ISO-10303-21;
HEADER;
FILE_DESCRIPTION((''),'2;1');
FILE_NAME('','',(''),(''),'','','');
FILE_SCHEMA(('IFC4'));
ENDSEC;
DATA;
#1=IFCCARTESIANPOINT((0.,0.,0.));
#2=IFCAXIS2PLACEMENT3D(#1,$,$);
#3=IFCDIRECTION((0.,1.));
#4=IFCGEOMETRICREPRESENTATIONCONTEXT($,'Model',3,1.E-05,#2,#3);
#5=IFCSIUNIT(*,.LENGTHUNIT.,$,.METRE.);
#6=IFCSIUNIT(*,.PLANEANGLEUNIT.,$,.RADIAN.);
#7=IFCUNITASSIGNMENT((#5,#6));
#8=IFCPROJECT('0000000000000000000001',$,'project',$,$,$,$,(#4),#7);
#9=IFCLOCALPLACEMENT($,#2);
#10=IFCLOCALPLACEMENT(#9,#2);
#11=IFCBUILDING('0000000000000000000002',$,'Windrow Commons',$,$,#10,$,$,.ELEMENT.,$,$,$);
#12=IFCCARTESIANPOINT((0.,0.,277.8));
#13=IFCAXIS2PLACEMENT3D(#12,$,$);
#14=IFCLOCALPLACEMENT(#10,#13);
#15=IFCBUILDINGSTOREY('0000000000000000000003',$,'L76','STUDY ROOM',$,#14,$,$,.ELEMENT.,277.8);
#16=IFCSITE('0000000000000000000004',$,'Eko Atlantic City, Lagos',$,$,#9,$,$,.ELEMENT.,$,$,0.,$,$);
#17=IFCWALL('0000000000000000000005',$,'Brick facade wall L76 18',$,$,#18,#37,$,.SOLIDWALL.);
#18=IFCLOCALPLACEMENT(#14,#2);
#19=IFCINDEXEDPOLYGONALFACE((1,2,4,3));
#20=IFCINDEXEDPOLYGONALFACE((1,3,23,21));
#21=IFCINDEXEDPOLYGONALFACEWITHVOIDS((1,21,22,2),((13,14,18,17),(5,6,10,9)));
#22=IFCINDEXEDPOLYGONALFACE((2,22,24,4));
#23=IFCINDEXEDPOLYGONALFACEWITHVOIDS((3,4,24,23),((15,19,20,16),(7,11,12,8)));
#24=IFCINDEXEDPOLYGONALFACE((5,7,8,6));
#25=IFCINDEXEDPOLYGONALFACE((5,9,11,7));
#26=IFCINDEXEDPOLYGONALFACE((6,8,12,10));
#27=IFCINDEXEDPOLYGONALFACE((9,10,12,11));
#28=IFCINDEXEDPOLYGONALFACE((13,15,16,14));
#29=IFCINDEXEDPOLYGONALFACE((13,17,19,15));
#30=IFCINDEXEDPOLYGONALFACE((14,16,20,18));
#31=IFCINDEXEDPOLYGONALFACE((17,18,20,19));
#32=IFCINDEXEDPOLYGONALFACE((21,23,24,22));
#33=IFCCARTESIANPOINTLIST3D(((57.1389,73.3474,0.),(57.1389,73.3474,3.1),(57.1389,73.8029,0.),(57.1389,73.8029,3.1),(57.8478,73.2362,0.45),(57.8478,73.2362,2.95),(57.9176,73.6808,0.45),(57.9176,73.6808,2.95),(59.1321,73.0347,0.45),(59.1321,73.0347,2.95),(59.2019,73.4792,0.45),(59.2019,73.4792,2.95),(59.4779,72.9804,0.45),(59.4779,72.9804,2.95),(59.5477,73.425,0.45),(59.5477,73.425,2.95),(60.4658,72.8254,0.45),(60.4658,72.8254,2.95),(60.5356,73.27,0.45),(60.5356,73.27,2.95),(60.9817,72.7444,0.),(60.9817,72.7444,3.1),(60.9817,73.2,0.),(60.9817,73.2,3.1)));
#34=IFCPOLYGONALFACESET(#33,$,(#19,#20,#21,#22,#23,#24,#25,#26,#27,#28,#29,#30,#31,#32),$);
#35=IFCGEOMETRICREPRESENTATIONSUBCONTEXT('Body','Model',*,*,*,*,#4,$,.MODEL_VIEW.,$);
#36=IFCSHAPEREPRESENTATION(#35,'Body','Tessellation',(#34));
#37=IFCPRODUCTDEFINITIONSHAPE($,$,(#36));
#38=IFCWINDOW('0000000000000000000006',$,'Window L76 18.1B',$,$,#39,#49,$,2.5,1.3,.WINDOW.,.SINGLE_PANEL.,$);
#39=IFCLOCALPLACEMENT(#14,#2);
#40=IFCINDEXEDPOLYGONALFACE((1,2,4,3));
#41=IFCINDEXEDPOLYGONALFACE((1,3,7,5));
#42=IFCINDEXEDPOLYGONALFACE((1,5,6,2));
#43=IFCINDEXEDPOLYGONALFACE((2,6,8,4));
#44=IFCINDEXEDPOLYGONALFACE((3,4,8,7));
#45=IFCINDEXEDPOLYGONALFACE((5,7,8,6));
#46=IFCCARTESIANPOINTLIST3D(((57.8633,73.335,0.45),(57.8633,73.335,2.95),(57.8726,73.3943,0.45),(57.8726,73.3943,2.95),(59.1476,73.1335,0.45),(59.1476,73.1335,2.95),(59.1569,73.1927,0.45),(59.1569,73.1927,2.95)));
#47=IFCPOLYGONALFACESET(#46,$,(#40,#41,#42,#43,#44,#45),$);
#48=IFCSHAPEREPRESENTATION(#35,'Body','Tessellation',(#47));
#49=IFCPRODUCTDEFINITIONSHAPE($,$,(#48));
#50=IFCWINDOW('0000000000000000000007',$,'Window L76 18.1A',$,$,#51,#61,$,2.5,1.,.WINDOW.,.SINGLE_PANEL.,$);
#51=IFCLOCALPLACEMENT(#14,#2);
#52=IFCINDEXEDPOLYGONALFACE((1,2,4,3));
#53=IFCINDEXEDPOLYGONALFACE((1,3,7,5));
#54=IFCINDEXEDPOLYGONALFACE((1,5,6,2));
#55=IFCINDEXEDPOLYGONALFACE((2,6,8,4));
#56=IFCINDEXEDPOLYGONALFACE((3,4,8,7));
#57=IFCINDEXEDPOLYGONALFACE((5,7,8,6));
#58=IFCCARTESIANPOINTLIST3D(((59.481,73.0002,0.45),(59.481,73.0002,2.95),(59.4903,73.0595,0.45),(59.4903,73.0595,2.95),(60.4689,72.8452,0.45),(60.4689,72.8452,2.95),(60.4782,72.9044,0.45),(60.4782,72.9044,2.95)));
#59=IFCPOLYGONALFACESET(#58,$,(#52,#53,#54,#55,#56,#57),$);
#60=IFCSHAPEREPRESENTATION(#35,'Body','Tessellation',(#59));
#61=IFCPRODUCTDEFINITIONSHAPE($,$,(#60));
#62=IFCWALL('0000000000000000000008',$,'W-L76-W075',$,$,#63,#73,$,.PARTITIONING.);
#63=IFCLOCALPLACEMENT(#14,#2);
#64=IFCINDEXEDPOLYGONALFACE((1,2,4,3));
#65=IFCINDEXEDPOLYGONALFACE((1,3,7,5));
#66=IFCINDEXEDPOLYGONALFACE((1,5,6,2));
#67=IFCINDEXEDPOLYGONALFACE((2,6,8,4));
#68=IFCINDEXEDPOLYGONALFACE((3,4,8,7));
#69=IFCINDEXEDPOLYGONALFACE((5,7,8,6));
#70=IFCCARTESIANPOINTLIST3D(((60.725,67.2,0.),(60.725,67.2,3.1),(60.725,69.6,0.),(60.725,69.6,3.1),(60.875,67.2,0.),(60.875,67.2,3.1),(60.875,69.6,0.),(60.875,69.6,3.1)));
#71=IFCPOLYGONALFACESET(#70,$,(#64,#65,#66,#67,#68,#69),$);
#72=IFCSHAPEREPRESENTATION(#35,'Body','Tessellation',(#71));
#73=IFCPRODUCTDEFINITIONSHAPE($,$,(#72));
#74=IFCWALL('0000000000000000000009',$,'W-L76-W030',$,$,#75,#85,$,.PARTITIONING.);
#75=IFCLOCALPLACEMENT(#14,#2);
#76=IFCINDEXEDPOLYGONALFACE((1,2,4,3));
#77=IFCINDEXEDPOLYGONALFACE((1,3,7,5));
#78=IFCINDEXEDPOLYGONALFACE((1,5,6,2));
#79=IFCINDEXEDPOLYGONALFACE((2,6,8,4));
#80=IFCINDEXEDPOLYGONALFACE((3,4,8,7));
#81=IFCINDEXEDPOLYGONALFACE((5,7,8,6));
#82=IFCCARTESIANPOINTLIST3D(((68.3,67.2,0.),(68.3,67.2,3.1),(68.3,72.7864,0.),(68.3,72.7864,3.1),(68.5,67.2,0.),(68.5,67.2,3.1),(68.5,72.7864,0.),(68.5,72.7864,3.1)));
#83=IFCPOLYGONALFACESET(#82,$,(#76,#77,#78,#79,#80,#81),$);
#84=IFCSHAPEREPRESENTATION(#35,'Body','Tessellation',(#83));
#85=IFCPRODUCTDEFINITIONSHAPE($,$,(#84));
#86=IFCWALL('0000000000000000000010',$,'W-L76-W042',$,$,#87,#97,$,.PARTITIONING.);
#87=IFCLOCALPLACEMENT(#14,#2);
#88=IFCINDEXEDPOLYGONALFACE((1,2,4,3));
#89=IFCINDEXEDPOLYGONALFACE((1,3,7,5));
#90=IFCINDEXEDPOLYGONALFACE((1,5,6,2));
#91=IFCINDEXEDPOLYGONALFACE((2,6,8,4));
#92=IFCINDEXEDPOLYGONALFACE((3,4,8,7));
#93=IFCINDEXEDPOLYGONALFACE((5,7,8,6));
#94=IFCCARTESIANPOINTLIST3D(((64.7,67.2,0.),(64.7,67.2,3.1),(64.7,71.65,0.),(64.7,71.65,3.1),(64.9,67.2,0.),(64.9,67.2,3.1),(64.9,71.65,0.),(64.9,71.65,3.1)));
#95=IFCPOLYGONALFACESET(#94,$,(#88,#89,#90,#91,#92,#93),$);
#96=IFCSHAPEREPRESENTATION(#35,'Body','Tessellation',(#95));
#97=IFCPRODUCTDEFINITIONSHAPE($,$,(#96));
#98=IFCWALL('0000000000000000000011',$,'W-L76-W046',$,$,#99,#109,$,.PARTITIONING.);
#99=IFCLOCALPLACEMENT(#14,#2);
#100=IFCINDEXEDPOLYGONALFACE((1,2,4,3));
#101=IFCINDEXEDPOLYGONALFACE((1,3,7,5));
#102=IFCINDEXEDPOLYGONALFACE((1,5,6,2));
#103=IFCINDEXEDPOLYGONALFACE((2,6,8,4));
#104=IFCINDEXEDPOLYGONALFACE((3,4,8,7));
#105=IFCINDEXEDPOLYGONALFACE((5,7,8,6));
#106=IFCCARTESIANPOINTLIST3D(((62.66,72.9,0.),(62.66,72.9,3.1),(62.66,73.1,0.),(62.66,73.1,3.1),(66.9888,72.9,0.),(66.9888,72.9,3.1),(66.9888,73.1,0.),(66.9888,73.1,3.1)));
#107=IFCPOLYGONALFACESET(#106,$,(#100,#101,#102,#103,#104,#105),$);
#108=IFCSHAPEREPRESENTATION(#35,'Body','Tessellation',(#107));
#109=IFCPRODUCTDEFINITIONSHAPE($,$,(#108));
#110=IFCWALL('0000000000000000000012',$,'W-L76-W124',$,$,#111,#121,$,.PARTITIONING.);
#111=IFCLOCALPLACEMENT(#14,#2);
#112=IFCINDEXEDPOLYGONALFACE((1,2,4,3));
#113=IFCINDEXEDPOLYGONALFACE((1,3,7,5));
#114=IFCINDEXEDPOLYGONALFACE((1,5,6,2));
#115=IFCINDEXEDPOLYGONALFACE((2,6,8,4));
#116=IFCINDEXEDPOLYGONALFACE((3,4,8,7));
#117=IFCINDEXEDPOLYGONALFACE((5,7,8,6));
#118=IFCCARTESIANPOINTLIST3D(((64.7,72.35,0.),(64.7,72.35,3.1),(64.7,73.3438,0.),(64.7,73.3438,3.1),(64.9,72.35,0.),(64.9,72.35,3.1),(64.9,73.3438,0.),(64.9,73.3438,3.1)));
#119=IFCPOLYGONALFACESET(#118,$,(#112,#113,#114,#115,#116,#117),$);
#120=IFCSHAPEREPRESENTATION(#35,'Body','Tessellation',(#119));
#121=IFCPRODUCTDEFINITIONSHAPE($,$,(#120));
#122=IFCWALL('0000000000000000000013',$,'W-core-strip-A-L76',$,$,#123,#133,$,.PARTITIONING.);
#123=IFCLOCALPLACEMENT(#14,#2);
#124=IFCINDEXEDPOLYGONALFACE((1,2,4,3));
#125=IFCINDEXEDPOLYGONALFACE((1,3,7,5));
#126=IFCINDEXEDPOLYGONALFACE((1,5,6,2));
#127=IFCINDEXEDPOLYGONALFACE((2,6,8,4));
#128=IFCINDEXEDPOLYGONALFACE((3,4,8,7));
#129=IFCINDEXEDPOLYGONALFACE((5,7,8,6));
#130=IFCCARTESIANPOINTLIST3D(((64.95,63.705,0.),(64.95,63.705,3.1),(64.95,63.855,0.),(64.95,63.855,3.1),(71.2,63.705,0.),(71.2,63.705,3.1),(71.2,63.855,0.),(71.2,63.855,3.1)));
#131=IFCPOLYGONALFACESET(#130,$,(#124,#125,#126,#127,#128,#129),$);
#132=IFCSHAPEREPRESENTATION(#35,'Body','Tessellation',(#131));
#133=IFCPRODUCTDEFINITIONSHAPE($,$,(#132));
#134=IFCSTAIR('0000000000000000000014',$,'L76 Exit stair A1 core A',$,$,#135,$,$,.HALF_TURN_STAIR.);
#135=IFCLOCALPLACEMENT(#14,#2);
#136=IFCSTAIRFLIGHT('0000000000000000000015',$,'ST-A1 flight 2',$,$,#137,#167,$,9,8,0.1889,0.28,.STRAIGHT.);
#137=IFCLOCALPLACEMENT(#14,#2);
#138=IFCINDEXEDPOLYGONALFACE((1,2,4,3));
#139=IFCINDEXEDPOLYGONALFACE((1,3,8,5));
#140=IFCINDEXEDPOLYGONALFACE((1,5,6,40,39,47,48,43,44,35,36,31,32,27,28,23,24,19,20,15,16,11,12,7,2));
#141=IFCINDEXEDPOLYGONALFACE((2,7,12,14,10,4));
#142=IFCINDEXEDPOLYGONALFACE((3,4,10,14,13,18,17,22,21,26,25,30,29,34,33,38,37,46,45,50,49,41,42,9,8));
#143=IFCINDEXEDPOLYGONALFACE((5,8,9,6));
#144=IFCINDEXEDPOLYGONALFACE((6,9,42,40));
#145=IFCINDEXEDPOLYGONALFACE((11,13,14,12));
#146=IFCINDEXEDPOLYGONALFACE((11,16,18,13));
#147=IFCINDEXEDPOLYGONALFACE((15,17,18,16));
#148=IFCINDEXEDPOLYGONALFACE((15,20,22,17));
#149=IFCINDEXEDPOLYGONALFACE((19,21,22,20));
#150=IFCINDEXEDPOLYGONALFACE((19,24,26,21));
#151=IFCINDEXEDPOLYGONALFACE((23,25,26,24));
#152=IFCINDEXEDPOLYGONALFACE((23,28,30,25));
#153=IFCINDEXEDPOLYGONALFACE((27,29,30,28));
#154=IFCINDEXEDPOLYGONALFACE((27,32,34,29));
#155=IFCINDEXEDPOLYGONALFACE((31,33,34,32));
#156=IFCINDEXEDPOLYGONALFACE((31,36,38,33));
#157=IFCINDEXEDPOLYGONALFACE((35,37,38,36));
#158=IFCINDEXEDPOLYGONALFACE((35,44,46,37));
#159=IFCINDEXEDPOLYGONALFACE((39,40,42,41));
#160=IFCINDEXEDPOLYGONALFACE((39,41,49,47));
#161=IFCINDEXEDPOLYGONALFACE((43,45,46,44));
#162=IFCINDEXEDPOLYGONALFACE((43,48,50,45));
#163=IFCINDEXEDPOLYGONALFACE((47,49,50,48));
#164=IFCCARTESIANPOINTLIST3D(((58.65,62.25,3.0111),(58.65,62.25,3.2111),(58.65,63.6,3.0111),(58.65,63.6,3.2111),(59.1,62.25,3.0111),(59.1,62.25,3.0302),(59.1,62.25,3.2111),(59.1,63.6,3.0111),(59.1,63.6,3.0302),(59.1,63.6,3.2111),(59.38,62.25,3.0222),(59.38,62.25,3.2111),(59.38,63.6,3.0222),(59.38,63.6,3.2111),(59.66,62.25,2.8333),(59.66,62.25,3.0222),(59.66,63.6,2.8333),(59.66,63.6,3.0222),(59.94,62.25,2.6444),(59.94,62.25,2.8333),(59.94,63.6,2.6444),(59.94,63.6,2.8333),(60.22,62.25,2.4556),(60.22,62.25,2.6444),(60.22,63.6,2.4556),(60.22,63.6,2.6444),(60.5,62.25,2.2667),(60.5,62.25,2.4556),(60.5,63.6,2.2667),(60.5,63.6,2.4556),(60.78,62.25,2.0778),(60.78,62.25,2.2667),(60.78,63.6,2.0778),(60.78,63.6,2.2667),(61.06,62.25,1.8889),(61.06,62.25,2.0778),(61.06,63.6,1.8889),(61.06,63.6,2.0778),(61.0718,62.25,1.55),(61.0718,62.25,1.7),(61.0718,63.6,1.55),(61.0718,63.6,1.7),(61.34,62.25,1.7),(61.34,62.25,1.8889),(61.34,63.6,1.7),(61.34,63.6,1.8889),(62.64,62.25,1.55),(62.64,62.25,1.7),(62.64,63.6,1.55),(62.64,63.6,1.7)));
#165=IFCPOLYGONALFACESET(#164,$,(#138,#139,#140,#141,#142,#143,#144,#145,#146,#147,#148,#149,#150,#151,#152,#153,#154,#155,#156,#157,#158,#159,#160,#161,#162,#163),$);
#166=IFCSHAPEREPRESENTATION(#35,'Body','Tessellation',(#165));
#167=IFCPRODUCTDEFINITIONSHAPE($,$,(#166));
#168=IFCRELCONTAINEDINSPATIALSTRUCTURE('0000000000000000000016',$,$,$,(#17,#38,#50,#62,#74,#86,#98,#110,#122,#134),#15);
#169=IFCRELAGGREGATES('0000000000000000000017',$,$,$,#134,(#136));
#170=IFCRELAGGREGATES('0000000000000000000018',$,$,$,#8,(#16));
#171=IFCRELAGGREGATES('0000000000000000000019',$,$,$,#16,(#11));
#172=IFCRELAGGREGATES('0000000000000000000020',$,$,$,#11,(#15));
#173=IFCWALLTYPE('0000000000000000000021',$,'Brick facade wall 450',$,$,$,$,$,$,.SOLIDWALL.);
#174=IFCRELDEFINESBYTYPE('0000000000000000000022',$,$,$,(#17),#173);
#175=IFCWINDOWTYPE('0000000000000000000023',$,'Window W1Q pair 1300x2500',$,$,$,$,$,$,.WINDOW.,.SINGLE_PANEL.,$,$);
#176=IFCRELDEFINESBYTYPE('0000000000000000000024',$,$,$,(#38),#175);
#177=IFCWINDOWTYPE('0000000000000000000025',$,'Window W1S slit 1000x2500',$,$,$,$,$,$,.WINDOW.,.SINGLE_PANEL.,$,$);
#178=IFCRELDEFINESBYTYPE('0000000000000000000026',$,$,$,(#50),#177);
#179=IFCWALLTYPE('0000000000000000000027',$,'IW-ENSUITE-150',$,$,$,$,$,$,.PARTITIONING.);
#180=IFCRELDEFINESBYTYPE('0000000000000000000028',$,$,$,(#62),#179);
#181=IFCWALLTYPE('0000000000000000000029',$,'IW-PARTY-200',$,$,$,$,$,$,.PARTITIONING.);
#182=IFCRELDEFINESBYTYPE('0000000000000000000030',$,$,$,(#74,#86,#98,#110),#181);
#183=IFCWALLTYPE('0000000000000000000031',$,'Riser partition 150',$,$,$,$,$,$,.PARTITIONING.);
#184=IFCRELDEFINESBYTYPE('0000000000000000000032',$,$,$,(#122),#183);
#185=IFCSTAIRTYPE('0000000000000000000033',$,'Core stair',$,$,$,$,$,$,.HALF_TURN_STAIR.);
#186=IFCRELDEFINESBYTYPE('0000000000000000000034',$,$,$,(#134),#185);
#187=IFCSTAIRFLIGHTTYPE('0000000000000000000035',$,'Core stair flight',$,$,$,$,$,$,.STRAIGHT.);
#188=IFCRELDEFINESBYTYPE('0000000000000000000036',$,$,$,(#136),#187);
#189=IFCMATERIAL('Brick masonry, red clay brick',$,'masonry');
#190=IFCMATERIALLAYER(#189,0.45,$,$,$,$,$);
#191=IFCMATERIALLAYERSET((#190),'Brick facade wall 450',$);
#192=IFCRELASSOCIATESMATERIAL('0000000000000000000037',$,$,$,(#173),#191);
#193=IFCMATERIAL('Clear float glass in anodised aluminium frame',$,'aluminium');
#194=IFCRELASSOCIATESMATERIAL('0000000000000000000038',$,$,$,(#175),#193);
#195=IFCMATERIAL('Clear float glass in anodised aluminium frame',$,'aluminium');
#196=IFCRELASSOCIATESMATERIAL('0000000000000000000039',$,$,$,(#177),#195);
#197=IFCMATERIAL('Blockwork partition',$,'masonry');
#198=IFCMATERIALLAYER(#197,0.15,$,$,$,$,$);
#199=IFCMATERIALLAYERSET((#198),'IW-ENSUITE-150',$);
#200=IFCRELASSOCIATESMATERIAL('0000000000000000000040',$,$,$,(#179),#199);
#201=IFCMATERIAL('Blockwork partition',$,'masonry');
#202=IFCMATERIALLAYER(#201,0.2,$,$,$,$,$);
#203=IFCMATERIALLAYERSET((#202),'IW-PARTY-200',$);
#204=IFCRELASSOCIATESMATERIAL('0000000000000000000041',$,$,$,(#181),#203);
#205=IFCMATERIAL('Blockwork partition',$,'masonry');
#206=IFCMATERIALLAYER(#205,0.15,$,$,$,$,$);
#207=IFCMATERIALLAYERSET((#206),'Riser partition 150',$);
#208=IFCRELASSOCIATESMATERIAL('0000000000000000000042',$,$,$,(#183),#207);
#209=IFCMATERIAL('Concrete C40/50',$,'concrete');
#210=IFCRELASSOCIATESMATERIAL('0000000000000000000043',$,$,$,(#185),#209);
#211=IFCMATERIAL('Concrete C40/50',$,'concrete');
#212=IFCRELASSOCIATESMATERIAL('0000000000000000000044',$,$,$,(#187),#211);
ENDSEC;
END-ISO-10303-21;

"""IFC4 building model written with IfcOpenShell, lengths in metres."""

from ifc_helpers import new_model, si_unit, direction, frame, frame_2d, origin, place, context, subcontext, project, spatial, polyline, rectangle, outline, extrude, material, layer, layer_set, type_object, element, fill, aggregate, save


model = new_model("IFC4")

# Units and contexts
model_context = context("Model", 3, precision=1e-05, world=origin(), true_north=direction((0.0, 1.0)))
body_context = subcontext(model_context, "Body", "Model", "MODEL_VIEW")
ifc_project = project(units=[si_unit("LENGTHUNIT", "METRE"), si_unit("PLANEANGLEUNIT", "RADIAN")], contexts=[model_context])

# Site, building, storey
site_placement = place(None, origin())
site = spatial("IfcSite", under=ifc_project, at=site_placement, Name="Eko Atlantic City, Lagos", CompositionType="ELEMENT", RefElevation=0.0)
building_placement = place(site_placement, origin())
building = spatial("IfcBuilding", under=site, at=building_placement, Name="Windrow Commons", CompositionType="ELEMENT")
storey_placement = place(building_placement, frame((0.0, 0.0, 277.8)))
storey = spatial("IfcBuildingStorey", under=building, at=storey_placement, Name="L76", Description="STUDY ROOM", CompositionType="ELEMENT", Elevation=277.8)

# Wall, openings, windows
ifc_material_1 = material(Name="Brick masonry, red clay brick", Category="masonry")
ifc_layer_1 = layer(ifc_material_1, 0.45)
ifc_layer_set_1 = layer_set([ifc_layer_1], Name="Brick facade wall 450")
wall_type_1 = type_object("IfcWallType", Name="Brick facade wall 450", PredefinedType="SOLIDWALL", material=ifc_layer_set_1)
ifc_material_2 = material(Name="Clear float glass in anodised aluminium frame", Category="aluminium")
window_type_1 = type_object("IfcWindowType", Name="Window W1Q pair 1300x2500", PartitioningType="SINGLE_PANEL", PredefinedType="WINDOW", material=ifc_material_2)
ifc_material_3 = material(Name="Clear float glass in anodised aluminium frame", Category="aluminium")
window_type_2 = type_object("IfcWindowType", Name="Window W1S slit 1000x2500", PartitioningType="SINGLE_PANEL", PredefinedType="WINDOW", material=ifc_material_3)
wall_1_placement = place(storey_placement, frame((60.9817, 72.9722, 0.0), z_axis=(0.0, 0.0, 1.0), x_axis=(-0.987911, 0.15502, 0.0)))
wall_1 = element("IfcWall", 1, at=wall_1_placement, inside=storey, type_object=wall_type_1, Name="Brick facade wall L76 18", PredefinedType="SOLIDWALL", context=body_context, shape_type="SweptSolid", body=[
    extrude(outline(polyline([(0.0353, -0.225), (3.9251, -0.225), (3.8545, 0.225), (-0.0353, 0.225), (0.0353, -0.225)])), origin(), (0.0, 0.0, 1.0), 3.1),
])
opening_1_placement = place(wall_1_placement, frame((0.4869, 0.0, 0.45)))
opening_1 = element("IfcOpeningElement", 2, at=opening_1_placement, cuts=wall_1, PredefinedType="OPENING", context=body_context, shape_type="SweptSolid", body=[
    extrude(rectangle(XDim=1.0, YDim=2.5, at=frame_2d((0.5, 1.25))), frame((0.0, 0.235, 0.0), z_axis=(0.0, -1.0, 0.0), x_axis=(1.0, 0.0, 0.0)), (0.0, 0.0, 1.0), 0.47),
])
opening_2_placement = place(wall_1_placement, frame((1.8369, 0.0, 0.45)))
opening_2 = element("IfcOpeningElement", 3, at=opening_2_placement, cuts=wall_1, PredefinedType="OPENING", context=body_context, shape_type="SweptSolid", body=[
    extrude(rectangle(XDim=1.3, YDim=2.5, at=frame_2d((0.65, 1.25))), frame((0.0, 0.235, 0.0), z_axis=(0.0, -1.0, 0.0), x_axis=(1.0, 0.0, 0.0)), (0.0, 0.0, 1.0), 0.47),
])
window_1_placement = place(opening_2_placement, origin())
window_1 = element("IfcWindow", 4, at=window_1_placement, inside=storey, type_object=window_type_1, Name="Window L76 18.1B", OverallHeight=2.5, OverallWidth=1.3, PartitioningType="SINGLE_PANEL", PredefinedType="WINDOW", context=body_context, shape_type="SweptSolid", body=[
    extrude(rectangle(XDim=1.3, YDim=2.5, at=frame_2d((0.65, 1.25))), frame((0.0, 0.125, 0.0), z_axis=(0.0, -1.0, 0.0), x_axis=(1.0, 0.0, 0.0)), (0.0, 0.0, 1.0), 0.06),
])
fill(opening_2, window_1)
window_2_placement = place(opening_1_placement, origin())
window_2 = element("IfcWindow", 5, at=window_2_placement, inside=storey, type_object=window_type_2, Name="Window L76 18.1A", OverallHeight=2.5, OverallWidth=1.0, PartitioningType="SINGLE_PANEL", PredefinedType="WINDOW", context=body_context, shape_type="SweptSolid", body=[
    extrude(rectangle(XDim=1.0, YDim=2.5, at=frame_2d((0.5, 1.25))), frame((0.0, 0.205, 0.0), z_axis=(0.0, -1.0, 0.0), x_axis=(1.0, 0.0, 0.0)), (0.0, 0.0, 1.0), 0.06),
])
fill(opening_1, window_2)

# Walls
ifc_material_4 = material(Name="Blockwork partition", Category="masonry")
ifc_layer_2 = layer(ifc_material_4, 0.15)
ifc_layer_set_2 = layer_set([ifc_layer_2], Name="IW-ENSUITE-150")
wall_type_2 = type_object("IfcWallType", Name="IW-ENSUITE-150", PredefinedType="PARTITIONING", material=ifc_layer_set_2)
wall_2_placement = place(storey_placement, frame((60.8, 67.2, 0.0), z_axis=(0.0, 0.0, 1.0), x_axis=(0.0, 1.0, 0.0)))
element("IfcWall", 6, at=wall_2_placement, inside=storey, type_object=wall_type_2, Name="W-L76-W075", PredefinedType="PARTITIONING", context=body_context, shape_type="SweptSolid", body=[
    extrude(rectangle(XDim=2.4, YDim=0.15, at=frame_2d((1.2, 0.0))), origin(), (0.0, 0.0, 1.0), 3.1),
])
ifc_material_5 = material(Name="Blockwork partition", Category="masonry")
ifc_layer_3 = layer(ifc_material_5, 0.2)
ifc_layer_set_3 = layer_set([ifc_layer_3], Name="IW-PARTY-200")
wall_type_3 = type_object("IfcWallType", Name="IW-PARTY-200", PredefinedType="PARTITIONING", material=ifc_layer_set_3)
wall_3_placement = place(storey_placement, frame((68.4, 67.2, 0.0), z_axis=(0.0, 0.0, 1.0), x_axis=(0.0, 1.0, 0.0)))
element("IfcWall", 7, at=wall_3_placement, inside=storey, type_object=wall_type_3, Name="W-L76-W030", PredefinedType="PARTITIONING", context=body_context, shape_type="SweptSolid", body=[
    extrude(rectangle(XDim=5.5864, YDim=0.2, at=frame_2d((2.7932, 0.0))), origin(), (0.0, 0.0, 1.0), 3.1),
])
wall_4_placement = place(storey_placement, frame((64.8, 67.2, 0.0), z_axis=(0.0, 0.0, 1.0), x_axis=(0.0, 1.0, 0.0)))
element("IfcWall", 8, at=wall_4_placement, inside=storey, type_object=wall_type_3, Name="W-L76-W042", PredefinedType="PARTITIONING", context=body_context, shape_type="SweptSolid", body=[
    extrude(rectangle(XDim=4.45, YDim=0.2, at=frame_2d((2.225, 0.0))), origin(), (0.0, 0.0, 1.0), 3.1),
])
wall_5_placement = place(storey_placement, frame((62.66, 73.0, 0.0), z_axis=(0.0, 0.0, 1.0), x_axis=(1.0, 0.0, 0.0)))
element("IfcWall", 9, at=wall_5_placement, inside=storey, type_object=wall_type_3, Name="W-L76-W046", PredefinedType="PARTITIONING", context=body_context, shape_type="SweptSolid", body=[
    extrude(rectangle(XDim=4.3289, YDim=0.2, at=frame_2d((2.1644, 0.0))), origin(), (0.0, 0.0, 1.0), 3.1),
])
wall_6_placement = place(storey_placement, frame((64.8, 72.35, 0.0), z_axis=(0.0, 0.0, 1.0), x_axis=(0.0, 1.0, 0.0)))
element("IfcWall", 10, at=wall_6_placement, inside=storey, type_object=wall_type_3, Name="W-L76-W124", PredefinedType="PARTITIONING", context=body_context, shape_type="SweptSolid", body=[
    extrude(rectangle(XDim=0.9937, YDim=0.2, at=frame_2d((0.4969, 0.0))), origin(), (0.0, 0.0, 1.0), 3.1),
])
ifc_material_6 = material(Name="Blockwork partition", Category="masonry")
ifc_layer_4 = layer(ifc_material_6, 0.15)
ifc_layer_set_4 = layer_set([ifc_layer_4], Name="Riser partition 150")
wall_type_4 = type_object("IfcWallType", Name="Riser partition 150", PredefinedType="PARTITIONING", material=ifc_layer_set_4)
wall_7_placement = place(storey_placement, frame((64.95, 63.78, 0.0), z_axis=(0.0, 0.0, 1.0), x_axis=(1.0, 0.0, 0.0)))
element("IfcWall", 11, at=wall_7_placement, inside=storey, type_object=wall_type_4, Name="W-core-strip-A-L76", PredefinedType="PARTITIONING", context=body_context, shape_type="SweptSolid", body=[
    extrude(rectangle(XDim=6.25, YDim=0.15, at=frame_2d((3.125, 0.0))), origin(), (0.0, 0.0, 1.0), 3.1),
])

# Stair, stair flight
ifc_material_7 = material(Name="Concrete C40/50", Category="concrete")
stair_type = type_object("IfcStairType", Name="Core stair", PredefinedType="HALF_TURN_STAIR", material=ifc_material_7)
placement = place(storey_placement, origin())
stair_1 = element("IfcStair", 12, at=placement, inside=storey, type_object=stair_type, Name="L76 Exit stair A1 core A", PredefinedType="HALF_TURN_STAIR")
ifc_material_8 = material(Name="Concrete C40/50", Category="concrete")
stair_flight_type = type_object("IfcStairFlightType", Name="Core stair flight", PredefinedType="STRAIGHT", material=ifc_material_8)
stair_flight_1_placement = place(storey_placement, frame((61.34, 62.925, 1.7), z_axis=(0.0, 0.0, 1.0), x_axis=(-1.0, 0.0, 0.0)))
stair_flight_1 = element("IfcStairFlight", 13, at=stair_flight_1_placement, type_object=stair_flight_type, Name="ST-A1 flight 2", NumberOfRisers=9, NumberOfTreads=8, PredefinedType="STRAIGHT", RiserHeight=0.1889, TreadLength=0.28, context=body_context, shape_type="SweptSolid", body=[
    extrude(outline(polyline([(-1.3, -0.15), (-1.3, 0.0), (0.0, 0.0), (0.0, 0.1889), (0.28, 0.1889), (0.28, 0.3778), (0.56, 0.3778), (0.56, 0.5667), (0.84, 0.5667), (0.84, 0.7556), (1.12, 0.7556), (1.12, 0.9444), (1.4, 0.9444), (1.4, 1.1333), (1.68, 1.1333), (1.68, 1.3222), (1.96, 1.3222), (1.96, 1.5111), (2.24, 1.5111), (2.69, 1.5111), (2.69, 1.3111), (2.24, 1.3111), (2.24, 1.3302), (0.2682, 0.0), (0.2682, -0.15), (-1.3, -0.15)])), frame((0.0, 0.675, 0.0), z_axis=(0.0, -1.0, 0.0), x_axis=(1.0, 0.0, 0.0)), (0.0, 0.0, 1.0), 1.35),
])
aggregate(stair_1, [stair_flight_1])

save(model, "model.ifc")
